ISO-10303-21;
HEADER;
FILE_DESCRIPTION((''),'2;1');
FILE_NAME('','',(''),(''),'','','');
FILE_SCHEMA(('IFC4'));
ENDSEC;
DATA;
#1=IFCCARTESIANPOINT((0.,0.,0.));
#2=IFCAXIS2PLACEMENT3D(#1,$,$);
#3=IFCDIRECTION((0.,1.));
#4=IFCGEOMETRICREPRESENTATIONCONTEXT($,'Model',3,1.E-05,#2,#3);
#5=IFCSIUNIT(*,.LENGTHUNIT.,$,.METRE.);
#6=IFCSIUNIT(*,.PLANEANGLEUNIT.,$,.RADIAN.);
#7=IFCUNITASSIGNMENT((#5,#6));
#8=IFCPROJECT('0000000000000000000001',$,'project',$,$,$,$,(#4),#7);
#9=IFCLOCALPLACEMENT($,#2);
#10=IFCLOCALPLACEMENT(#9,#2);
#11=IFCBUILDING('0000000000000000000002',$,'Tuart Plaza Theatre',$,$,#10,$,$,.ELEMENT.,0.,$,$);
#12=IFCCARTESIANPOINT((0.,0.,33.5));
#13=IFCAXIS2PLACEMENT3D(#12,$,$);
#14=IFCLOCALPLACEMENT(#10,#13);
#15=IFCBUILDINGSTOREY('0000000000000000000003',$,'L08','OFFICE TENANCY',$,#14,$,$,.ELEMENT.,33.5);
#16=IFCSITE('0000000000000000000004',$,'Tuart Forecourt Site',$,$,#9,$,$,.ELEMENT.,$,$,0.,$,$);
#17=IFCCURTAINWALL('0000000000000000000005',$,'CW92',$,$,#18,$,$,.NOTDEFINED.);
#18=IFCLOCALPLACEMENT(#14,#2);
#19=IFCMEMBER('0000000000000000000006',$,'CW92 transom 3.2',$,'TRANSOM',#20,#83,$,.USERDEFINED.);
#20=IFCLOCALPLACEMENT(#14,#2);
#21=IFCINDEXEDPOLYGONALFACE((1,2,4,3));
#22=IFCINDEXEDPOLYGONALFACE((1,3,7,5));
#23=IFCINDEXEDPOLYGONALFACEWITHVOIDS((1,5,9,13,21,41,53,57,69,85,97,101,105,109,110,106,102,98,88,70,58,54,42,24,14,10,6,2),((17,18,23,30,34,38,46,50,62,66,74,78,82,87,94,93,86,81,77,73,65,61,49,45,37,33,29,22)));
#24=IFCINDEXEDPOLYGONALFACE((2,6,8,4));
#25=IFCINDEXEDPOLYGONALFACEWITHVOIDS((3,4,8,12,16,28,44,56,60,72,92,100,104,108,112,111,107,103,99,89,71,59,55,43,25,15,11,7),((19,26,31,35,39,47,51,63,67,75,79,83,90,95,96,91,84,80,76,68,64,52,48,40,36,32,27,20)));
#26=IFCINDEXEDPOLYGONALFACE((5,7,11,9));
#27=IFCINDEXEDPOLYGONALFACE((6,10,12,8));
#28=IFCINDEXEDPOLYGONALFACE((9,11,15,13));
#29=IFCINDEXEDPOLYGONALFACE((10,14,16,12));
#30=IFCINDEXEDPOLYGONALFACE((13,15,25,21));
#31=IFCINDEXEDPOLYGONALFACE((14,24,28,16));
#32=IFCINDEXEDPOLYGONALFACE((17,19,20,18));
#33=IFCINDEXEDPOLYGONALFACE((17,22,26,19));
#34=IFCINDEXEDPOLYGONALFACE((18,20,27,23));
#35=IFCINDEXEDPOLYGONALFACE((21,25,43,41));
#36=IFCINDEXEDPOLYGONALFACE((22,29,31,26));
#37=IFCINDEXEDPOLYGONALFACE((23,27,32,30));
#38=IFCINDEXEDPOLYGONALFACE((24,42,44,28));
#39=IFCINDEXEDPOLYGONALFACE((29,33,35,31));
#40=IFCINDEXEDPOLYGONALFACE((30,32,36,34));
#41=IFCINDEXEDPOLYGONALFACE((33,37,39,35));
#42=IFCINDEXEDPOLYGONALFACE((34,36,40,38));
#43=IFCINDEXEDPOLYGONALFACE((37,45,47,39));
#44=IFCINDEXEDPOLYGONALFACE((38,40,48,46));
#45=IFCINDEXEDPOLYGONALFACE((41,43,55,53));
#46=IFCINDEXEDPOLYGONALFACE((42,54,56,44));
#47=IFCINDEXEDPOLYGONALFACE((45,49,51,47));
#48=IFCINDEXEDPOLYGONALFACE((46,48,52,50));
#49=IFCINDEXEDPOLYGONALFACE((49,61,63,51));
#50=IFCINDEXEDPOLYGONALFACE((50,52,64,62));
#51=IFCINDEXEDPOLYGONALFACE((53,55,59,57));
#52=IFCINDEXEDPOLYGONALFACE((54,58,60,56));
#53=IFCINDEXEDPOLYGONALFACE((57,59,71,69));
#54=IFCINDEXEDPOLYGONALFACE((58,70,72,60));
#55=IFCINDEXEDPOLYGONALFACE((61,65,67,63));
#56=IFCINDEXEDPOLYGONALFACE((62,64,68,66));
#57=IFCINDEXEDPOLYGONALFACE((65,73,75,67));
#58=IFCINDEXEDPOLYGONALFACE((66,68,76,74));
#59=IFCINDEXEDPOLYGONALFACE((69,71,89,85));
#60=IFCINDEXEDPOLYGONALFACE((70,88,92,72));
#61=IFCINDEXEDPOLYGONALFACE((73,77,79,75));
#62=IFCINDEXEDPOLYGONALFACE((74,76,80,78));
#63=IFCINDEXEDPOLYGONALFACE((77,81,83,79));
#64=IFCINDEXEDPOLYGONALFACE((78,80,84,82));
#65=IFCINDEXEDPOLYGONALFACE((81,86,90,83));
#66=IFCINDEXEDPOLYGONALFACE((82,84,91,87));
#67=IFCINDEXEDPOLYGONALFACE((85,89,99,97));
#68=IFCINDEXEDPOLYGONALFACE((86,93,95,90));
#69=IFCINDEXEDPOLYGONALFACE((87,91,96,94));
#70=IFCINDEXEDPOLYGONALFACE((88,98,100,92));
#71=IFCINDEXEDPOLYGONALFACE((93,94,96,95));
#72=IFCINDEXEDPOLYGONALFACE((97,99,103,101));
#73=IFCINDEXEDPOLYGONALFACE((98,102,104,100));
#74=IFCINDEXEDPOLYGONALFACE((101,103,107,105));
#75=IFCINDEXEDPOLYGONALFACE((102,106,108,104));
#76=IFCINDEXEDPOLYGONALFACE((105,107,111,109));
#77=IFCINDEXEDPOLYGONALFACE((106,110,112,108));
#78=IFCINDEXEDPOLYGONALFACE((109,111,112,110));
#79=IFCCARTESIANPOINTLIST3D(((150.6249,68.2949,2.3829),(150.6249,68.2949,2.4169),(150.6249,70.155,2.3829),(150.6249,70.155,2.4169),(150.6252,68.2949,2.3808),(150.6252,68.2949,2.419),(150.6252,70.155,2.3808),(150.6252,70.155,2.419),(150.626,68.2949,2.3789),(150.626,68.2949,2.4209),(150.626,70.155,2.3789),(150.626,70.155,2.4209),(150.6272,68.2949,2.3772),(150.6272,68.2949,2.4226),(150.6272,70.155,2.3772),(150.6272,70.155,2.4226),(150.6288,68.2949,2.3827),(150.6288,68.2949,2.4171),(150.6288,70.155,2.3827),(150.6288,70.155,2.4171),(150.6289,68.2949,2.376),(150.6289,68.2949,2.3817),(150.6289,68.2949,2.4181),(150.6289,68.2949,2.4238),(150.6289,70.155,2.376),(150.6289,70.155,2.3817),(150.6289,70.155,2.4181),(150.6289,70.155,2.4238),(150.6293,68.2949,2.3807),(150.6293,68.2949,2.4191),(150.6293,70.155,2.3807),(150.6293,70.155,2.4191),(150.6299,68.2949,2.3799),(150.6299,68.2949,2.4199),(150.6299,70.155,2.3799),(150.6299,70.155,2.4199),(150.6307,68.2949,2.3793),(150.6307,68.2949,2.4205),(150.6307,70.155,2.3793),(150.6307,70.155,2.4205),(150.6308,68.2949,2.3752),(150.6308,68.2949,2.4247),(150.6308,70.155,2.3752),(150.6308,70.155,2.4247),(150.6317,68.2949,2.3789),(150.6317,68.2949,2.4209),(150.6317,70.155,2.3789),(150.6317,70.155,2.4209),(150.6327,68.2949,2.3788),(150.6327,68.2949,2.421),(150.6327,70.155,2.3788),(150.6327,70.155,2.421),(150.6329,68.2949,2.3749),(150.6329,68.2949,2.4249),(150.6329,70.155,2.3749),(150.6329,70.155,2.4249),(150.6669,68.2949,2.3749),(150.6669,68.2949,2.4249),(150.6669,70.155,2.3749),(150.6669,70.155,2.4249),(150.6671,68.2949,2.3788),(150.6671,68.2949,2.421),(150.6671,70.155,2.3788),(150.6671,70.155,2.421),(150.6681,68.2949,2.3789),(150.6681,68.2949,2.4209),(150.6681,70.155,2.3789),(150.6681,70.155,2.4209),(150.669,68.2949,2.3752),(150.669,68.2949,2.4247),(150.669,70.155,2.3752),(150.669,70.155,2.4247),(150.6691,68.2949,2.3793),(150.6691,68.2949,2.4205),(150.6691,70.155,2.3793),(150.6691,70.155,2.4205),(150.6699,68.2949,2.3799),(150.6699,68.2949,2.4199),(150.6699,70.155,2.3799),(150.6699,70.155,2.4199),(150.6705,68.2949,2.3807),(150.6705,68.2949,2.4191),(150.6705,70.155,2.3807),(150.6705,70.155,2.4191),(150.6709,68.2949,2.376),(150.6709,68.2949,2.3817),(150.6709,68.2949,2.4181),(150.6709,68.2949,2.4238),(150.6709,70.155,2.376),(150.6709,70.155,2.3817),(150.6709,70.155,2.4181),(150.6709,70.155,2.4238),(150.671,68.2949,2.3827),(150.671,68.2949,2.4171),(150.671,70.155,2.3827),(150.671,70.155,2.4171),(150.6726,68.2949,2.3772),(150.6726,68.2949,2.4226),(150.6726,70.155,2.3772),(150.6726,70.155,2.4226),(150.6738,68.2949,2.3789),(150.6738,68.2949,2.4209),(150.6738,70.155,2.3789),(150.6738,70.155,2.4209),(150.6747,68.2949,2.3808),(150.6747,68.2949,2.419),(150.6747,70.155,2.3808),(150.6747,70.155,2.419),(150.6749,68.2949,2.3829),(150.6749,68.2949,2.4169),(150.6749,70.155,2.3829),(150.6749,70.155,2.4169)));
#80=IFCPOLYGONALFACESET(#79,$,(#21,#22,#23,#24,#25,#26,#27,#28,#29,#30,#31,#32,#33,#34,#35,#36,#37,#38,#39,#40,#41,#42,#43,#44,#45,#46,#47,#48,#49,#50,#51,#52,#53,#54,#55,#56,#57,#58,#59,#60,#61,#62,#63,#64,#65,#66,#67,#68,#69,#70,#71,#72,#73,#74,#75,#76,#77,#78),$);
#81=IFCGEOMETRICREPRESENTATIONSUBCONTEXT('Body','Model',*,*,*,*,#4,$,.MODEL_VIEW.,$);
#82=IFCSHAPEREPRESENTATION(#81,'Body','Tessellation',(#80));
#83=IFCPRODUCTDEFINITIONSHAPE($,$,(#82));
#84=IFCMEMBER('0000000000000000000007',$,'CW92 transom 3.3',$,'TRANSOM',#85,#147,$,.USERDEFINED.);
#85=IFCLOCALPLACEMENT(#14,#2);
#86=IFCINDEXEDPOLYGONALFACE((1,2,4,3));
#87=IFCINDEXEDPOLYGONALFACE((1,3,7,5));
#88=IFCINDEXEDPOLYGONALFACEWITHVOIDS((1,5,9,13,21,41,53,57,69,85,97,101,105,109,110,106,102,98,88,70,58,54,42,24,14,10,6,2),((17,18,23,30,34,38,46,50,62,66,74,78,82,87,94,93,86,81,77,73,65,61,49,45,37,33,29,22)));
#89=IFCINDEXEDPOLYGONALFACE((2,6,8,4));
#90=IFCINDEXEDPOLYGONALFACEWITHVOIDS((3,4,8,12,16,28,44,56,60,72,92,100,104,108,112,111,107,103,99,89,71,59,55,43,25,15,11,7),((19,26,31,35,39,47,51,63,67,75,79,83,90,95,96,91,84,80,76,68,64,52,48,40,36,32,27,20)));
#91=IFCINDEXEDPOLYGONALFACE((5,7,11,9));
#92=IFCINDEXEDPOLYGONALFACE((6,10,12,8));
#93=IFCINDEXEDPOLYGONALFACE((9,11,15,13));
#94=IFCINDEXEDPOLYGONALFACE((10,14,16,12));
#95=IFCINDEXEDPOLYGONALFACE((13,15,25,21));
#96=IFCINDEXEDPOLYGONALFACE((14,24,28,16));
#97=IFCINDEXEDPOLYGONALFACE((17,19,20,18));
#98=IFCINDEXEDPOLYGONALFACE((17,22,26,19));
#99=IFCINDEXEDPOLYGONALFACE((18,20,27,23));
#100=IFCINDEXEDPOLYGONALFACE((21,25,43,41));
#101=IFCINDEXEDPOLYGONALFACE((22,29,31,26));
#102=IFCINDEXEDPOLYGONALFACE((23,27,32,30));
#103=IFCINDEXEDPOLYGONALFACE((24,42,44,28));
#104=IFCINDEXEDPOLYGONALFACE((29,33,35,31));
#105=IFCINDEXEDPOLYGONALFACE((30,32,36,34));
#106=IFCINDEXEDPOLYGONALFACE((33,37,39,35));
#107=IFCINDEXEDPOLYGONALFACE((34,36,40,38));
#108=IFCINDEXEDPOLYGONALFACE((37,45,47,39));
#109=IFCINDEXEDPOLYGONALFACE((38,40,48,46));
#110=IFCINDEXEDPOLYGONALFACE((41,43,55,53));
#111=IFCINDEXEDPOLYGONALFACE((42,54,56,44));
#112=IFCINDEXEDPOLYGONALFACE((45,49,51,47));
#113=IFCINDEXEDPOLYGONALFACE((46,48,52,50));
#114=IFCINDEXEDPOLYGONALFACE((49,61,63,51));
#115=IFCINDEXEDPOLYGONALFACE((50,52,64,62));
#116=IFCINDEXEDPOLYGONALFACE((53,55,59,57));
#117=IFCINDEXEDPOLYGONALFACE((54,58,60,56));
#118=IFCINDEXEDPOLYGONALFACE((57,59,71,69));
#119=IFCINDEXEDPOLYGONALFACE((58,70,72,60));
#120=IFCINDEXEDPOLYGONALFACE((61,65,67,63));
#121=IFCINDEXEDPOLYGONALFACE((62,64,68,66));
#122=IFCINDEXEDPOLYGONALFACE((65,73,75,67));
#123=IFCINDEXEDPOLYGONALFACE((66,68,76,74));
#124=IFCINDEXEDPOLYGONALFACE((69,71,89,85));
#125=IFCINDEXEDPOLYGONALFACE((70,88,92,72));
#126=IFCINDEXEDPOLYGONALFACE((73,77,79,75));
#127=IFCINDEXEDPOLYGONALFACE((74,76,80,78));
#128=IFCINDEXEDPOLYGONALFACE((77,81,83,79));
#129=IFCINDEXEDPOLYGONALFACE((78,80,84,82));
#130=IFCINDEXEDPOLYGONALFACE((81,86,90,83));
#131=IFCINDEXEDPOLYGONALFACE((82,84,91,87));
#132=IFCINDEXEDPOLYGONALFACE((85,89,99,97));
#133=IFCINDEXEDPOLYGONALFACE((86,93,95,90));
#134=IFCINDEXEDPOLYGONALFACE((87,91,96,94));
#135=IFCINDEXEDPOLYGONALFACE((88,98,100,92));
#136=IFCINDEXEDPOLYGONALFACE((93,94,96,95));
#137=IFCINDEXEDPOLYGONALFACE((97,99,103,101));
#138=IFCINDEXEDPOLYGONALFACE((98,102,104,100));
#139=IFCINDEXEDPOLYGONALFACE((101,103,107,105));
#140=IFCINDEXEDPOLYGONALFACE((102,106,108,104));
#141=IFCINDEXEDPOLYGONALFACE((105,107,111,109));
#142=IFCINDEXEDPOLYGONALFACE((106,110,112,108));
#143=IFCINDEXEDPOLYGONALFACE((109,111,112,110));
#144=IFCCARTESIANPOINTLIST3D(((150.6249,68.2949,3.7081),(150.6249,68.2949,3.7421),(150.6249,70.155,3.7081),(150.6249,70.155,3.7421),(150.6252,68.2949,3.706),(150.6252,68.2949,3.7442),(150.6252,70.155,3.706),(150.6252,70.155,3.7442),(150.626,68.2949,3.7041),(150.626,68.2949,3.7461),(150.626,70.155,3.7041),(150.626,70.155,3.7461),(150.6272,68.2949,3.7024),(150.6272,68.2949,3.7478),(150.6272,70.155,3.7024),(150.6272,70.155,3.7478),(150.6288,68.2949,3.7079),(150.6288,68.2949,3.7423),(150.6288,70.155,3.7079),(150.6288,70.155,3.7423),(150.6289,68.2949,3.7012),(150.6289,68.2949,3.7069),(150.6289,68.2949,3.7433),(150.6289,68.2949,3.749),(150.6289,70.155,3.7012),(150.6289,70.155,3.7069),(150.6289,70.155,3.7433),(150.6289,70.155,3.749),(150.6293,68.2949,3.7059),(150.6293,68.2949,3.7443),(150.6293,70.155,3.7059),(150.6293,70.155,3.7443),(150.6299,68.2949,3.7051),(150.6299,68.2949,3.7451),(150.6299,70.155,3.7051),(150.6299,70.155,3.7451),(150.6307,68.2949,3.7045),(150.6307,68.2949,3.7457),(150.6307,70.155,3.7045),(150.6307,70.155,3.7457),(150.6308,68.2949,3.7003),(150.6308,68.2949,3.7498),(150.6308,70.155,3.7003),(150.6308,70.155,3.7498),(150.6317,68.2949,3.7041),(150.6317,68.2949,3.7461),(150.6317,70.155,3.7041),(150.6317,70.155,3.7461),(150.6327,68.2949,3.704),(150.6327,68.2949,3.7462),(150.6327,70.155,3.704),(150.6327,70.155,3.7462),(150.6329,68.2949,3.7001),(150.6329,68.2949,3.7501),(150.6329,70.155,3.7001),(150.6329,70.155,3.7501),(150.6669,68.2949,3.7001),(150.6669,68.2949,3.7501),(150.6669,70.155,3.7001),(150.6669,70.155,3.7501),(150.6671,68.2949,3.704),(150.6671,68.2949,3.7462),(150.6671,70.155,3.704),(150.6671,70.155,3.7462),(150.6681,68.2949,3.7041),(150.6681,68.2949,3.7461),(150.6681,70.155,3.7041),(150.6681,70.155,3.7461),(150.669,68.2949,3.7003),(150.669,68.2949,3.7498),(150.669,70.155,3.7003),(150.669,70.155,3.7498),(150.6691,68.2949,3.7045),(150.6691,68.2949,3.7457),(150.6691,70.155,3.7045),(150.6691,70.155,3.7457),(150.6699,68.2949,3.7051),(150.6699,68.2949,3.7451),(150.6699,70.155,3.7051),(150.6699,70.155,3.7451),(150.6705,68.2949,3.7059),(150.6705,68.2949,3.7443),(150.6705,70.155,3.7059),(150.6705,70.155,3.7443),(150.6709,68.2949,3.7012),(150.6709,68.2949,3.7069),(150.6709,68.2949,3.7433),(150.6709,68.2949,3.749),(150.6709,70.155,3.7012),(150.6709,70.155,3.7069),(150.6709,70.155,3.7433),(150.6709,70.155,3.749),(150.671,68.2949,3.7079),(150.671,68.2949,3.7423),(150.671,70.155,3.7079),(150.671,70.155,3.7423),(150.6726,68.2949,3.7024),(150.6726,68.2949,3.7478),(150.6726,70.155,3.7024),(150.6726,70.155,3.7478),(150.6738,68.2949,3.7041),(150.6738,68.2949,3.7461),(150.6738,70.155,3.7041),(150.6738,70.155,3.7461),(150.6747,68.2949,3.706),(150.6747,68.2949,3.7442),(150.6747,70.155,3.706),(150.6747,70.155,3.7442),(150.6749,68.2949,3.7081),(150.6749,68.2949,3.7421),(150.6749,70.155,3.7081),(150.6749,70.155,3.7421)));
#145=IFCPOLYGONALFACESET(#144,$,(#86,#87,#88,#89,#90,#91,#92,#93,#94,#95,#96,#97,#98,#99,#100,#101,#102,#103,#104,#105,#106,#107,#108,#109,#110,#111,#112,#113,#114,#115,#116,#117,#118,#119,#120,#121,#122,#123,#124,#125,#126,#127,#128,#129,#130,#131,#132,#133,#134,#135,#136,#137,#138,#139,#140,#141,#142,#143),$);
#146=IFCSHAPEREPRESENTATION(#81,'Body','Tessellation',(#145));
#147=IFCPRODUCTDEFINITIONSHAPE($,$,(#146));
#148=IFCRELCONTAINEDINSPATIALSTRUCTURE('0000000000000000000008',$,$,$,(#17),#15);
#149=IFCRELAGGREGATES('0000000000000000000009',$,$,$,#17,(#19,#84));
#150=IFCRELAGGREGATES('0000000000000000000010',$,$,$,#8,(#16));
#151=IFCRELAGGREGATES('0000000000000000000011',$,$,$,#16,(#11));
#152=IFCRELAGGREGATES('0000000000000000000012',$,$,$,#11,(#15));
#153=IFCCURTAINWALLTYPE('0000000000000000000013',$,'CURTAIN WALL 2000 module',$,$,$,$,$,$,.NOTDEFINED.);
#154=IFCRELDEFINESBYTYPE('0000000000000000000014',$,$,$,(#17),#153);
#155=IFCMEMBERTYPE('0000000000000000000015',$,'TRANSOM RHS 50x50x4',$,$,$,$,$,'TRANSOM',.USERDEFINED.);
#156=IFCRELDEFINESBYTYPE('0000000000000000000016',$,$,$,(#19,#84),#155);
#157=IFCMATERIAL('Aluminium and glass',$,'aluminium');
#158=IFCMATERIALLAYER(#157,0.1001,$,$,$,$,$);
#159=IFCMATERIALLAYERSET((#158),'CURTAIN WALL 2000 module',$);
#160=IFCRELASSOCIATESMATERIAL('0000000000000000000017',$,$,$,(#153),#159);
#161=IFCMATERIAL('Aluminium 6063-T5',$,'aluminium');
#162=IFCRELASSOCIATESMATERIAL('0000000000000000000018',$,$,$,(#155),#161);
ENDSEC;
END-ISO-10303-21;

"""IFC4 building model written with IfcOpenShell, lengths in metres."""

from ifc_helpers import new_model, si_unit, direction, frame, origin, origin_2d, place, context, subcontext, project, spatial, hollow_rectangle, extrude, material, layer, layer_set, material_profile, profile_set, type_object, element, aggregate, save


model = new_model("IFC4")

# Units and contexts
model_context = context("Model", 3, precision=1e-05, world=origin(), true_north=direction((0.0, 1.0)))
body_context = subcontext(model_context, "Body", "Model", "MODEL_VIEW")
ifc_project = project(units=[si_unit("LENGTHUNIT", "METRE"), si_unit("PLANEANGLEUNIT", "RADIAN")], contexts=[model_context])

# Site, building, storey
site_placement = place(None, origin())
site = spatial("IfcSite", under=ifc_project, at=site_placement, Name="Tuart Forecourt Site", CompositionType="ELEMENT", RefElevation=0.0)
building_placement = place(site_placement, origin())
building = spatial("IfcBuilding", under=site, at=building_placement, Name="Tuart Plaza Theatre", CompositionType="ELEMENT", ElevationOfRefHeight=0.0)
storey_placement = place(building_placement, frame((0.0, 0.0, 33.5)))
storey = spatial("IfcBuildingStorey", under=building, at=storey_placement, Name="L08", Description="OFFICE TENANCY", CompositionType="ELEMENT", Elevation=33.5)

# Curtain wall, members
ifc_material_1 = material(Name="Aluminium and glass", Category="aluminium")
ifc_layer_1 = layer(ifc_material_1, 0.1001)
ifc_layer_set_1 = layer_set([ifc_layer_1], Name="CURTAIN WALL 2000 module")
curtain_wall_type = type_object("IfcCurtainWallType", Name="CURTAIN WALL 2000 module", PredefinedType="NOTDEFINED", material=ifc_layer_set_1)
curtain_wall_placement = place(storey_placement, origin())
curtain_wall = element("IfcCurtainWall", 1, at=curtain_wall_placement, inside=storey, type_object=curtain_wall_type, Name="CW92", PredefinedType="NOTDEFINED")
ifc_material_2 = material(Name="Aluminium 6063-T5", Category="aluminium")
ifc_material_profile_1 = material_profile(ifc_material_2, hollow_rectangle(XDim=0.05, YDim=0.05, WallThickness=0.0039, InnerFilletRadius=0.0039, OuterFilletRadius=0.0081, at=origin_2d()), Name="RHS 50x50x4")
ifc_profile_set_1 = profile_set([ifc_material_profile_1], Name="Aluminium 6063-T5")
member_type_1 = type_object("IfcMemberType", Name="TRANSOM RHS 50x50x4", ElementType="TRANSOM", PredefinedType="USERDEFINED", material=ifc_profile_set_1)
member_1_placement = place(storey_placement, frame((150.6499, 68.2949, 2.3999), z_axis=(0.0, 1.0, 0.0), x_axis=(-1.0, 0.0, 0.0)))
member_1 = element("IfcMember", 2, at=member_1_placement, type_object=member_type_1, Name="CW92 transom 3.2", ObjectType="TRANSOM", PredefinedType="USERDEFINED", context=body_context, shape_type="SweptSolid", body=[
    extrude(hollow_rectangle(XDim=0.05, YDim=0.05, WallThickness=0.0039, InnerFilletRadius=0.0039, OuterFilletRadius=0.0081, at=origin_2d()), origin(), (0.0, 0.0, 1.0), 1.8601),
])
member_2_placement = place(storey_placement, frame((150.6499, 68.2949, 3.7251), z_axis=(0.0, 1.0, 0.0), x_axis=(-1.0, 0.0, 0.0)))
member_2 = element("IfcMember", 3, at=member_2_placement, type_object=member_type_1, Name="CW92 transom 3.3", ObjectType="TRANSOM", PredefinedType="USERDEFINED", context=body_context, shape_type="SweptSolid", body=[
    extrude(hollow_rectangle(XDim=0.05, YDim=0.05, WallThickness=0.0039, InnerFilletRadius=0.0039, OuterFilletRadius=0.0081, at=origin_2d()), origin(), (0.0, 0.0, 1.0), 1.8601),
])
aggregate(curtain_wall, [member_1, member_2])

save(model, "model.ifc")
